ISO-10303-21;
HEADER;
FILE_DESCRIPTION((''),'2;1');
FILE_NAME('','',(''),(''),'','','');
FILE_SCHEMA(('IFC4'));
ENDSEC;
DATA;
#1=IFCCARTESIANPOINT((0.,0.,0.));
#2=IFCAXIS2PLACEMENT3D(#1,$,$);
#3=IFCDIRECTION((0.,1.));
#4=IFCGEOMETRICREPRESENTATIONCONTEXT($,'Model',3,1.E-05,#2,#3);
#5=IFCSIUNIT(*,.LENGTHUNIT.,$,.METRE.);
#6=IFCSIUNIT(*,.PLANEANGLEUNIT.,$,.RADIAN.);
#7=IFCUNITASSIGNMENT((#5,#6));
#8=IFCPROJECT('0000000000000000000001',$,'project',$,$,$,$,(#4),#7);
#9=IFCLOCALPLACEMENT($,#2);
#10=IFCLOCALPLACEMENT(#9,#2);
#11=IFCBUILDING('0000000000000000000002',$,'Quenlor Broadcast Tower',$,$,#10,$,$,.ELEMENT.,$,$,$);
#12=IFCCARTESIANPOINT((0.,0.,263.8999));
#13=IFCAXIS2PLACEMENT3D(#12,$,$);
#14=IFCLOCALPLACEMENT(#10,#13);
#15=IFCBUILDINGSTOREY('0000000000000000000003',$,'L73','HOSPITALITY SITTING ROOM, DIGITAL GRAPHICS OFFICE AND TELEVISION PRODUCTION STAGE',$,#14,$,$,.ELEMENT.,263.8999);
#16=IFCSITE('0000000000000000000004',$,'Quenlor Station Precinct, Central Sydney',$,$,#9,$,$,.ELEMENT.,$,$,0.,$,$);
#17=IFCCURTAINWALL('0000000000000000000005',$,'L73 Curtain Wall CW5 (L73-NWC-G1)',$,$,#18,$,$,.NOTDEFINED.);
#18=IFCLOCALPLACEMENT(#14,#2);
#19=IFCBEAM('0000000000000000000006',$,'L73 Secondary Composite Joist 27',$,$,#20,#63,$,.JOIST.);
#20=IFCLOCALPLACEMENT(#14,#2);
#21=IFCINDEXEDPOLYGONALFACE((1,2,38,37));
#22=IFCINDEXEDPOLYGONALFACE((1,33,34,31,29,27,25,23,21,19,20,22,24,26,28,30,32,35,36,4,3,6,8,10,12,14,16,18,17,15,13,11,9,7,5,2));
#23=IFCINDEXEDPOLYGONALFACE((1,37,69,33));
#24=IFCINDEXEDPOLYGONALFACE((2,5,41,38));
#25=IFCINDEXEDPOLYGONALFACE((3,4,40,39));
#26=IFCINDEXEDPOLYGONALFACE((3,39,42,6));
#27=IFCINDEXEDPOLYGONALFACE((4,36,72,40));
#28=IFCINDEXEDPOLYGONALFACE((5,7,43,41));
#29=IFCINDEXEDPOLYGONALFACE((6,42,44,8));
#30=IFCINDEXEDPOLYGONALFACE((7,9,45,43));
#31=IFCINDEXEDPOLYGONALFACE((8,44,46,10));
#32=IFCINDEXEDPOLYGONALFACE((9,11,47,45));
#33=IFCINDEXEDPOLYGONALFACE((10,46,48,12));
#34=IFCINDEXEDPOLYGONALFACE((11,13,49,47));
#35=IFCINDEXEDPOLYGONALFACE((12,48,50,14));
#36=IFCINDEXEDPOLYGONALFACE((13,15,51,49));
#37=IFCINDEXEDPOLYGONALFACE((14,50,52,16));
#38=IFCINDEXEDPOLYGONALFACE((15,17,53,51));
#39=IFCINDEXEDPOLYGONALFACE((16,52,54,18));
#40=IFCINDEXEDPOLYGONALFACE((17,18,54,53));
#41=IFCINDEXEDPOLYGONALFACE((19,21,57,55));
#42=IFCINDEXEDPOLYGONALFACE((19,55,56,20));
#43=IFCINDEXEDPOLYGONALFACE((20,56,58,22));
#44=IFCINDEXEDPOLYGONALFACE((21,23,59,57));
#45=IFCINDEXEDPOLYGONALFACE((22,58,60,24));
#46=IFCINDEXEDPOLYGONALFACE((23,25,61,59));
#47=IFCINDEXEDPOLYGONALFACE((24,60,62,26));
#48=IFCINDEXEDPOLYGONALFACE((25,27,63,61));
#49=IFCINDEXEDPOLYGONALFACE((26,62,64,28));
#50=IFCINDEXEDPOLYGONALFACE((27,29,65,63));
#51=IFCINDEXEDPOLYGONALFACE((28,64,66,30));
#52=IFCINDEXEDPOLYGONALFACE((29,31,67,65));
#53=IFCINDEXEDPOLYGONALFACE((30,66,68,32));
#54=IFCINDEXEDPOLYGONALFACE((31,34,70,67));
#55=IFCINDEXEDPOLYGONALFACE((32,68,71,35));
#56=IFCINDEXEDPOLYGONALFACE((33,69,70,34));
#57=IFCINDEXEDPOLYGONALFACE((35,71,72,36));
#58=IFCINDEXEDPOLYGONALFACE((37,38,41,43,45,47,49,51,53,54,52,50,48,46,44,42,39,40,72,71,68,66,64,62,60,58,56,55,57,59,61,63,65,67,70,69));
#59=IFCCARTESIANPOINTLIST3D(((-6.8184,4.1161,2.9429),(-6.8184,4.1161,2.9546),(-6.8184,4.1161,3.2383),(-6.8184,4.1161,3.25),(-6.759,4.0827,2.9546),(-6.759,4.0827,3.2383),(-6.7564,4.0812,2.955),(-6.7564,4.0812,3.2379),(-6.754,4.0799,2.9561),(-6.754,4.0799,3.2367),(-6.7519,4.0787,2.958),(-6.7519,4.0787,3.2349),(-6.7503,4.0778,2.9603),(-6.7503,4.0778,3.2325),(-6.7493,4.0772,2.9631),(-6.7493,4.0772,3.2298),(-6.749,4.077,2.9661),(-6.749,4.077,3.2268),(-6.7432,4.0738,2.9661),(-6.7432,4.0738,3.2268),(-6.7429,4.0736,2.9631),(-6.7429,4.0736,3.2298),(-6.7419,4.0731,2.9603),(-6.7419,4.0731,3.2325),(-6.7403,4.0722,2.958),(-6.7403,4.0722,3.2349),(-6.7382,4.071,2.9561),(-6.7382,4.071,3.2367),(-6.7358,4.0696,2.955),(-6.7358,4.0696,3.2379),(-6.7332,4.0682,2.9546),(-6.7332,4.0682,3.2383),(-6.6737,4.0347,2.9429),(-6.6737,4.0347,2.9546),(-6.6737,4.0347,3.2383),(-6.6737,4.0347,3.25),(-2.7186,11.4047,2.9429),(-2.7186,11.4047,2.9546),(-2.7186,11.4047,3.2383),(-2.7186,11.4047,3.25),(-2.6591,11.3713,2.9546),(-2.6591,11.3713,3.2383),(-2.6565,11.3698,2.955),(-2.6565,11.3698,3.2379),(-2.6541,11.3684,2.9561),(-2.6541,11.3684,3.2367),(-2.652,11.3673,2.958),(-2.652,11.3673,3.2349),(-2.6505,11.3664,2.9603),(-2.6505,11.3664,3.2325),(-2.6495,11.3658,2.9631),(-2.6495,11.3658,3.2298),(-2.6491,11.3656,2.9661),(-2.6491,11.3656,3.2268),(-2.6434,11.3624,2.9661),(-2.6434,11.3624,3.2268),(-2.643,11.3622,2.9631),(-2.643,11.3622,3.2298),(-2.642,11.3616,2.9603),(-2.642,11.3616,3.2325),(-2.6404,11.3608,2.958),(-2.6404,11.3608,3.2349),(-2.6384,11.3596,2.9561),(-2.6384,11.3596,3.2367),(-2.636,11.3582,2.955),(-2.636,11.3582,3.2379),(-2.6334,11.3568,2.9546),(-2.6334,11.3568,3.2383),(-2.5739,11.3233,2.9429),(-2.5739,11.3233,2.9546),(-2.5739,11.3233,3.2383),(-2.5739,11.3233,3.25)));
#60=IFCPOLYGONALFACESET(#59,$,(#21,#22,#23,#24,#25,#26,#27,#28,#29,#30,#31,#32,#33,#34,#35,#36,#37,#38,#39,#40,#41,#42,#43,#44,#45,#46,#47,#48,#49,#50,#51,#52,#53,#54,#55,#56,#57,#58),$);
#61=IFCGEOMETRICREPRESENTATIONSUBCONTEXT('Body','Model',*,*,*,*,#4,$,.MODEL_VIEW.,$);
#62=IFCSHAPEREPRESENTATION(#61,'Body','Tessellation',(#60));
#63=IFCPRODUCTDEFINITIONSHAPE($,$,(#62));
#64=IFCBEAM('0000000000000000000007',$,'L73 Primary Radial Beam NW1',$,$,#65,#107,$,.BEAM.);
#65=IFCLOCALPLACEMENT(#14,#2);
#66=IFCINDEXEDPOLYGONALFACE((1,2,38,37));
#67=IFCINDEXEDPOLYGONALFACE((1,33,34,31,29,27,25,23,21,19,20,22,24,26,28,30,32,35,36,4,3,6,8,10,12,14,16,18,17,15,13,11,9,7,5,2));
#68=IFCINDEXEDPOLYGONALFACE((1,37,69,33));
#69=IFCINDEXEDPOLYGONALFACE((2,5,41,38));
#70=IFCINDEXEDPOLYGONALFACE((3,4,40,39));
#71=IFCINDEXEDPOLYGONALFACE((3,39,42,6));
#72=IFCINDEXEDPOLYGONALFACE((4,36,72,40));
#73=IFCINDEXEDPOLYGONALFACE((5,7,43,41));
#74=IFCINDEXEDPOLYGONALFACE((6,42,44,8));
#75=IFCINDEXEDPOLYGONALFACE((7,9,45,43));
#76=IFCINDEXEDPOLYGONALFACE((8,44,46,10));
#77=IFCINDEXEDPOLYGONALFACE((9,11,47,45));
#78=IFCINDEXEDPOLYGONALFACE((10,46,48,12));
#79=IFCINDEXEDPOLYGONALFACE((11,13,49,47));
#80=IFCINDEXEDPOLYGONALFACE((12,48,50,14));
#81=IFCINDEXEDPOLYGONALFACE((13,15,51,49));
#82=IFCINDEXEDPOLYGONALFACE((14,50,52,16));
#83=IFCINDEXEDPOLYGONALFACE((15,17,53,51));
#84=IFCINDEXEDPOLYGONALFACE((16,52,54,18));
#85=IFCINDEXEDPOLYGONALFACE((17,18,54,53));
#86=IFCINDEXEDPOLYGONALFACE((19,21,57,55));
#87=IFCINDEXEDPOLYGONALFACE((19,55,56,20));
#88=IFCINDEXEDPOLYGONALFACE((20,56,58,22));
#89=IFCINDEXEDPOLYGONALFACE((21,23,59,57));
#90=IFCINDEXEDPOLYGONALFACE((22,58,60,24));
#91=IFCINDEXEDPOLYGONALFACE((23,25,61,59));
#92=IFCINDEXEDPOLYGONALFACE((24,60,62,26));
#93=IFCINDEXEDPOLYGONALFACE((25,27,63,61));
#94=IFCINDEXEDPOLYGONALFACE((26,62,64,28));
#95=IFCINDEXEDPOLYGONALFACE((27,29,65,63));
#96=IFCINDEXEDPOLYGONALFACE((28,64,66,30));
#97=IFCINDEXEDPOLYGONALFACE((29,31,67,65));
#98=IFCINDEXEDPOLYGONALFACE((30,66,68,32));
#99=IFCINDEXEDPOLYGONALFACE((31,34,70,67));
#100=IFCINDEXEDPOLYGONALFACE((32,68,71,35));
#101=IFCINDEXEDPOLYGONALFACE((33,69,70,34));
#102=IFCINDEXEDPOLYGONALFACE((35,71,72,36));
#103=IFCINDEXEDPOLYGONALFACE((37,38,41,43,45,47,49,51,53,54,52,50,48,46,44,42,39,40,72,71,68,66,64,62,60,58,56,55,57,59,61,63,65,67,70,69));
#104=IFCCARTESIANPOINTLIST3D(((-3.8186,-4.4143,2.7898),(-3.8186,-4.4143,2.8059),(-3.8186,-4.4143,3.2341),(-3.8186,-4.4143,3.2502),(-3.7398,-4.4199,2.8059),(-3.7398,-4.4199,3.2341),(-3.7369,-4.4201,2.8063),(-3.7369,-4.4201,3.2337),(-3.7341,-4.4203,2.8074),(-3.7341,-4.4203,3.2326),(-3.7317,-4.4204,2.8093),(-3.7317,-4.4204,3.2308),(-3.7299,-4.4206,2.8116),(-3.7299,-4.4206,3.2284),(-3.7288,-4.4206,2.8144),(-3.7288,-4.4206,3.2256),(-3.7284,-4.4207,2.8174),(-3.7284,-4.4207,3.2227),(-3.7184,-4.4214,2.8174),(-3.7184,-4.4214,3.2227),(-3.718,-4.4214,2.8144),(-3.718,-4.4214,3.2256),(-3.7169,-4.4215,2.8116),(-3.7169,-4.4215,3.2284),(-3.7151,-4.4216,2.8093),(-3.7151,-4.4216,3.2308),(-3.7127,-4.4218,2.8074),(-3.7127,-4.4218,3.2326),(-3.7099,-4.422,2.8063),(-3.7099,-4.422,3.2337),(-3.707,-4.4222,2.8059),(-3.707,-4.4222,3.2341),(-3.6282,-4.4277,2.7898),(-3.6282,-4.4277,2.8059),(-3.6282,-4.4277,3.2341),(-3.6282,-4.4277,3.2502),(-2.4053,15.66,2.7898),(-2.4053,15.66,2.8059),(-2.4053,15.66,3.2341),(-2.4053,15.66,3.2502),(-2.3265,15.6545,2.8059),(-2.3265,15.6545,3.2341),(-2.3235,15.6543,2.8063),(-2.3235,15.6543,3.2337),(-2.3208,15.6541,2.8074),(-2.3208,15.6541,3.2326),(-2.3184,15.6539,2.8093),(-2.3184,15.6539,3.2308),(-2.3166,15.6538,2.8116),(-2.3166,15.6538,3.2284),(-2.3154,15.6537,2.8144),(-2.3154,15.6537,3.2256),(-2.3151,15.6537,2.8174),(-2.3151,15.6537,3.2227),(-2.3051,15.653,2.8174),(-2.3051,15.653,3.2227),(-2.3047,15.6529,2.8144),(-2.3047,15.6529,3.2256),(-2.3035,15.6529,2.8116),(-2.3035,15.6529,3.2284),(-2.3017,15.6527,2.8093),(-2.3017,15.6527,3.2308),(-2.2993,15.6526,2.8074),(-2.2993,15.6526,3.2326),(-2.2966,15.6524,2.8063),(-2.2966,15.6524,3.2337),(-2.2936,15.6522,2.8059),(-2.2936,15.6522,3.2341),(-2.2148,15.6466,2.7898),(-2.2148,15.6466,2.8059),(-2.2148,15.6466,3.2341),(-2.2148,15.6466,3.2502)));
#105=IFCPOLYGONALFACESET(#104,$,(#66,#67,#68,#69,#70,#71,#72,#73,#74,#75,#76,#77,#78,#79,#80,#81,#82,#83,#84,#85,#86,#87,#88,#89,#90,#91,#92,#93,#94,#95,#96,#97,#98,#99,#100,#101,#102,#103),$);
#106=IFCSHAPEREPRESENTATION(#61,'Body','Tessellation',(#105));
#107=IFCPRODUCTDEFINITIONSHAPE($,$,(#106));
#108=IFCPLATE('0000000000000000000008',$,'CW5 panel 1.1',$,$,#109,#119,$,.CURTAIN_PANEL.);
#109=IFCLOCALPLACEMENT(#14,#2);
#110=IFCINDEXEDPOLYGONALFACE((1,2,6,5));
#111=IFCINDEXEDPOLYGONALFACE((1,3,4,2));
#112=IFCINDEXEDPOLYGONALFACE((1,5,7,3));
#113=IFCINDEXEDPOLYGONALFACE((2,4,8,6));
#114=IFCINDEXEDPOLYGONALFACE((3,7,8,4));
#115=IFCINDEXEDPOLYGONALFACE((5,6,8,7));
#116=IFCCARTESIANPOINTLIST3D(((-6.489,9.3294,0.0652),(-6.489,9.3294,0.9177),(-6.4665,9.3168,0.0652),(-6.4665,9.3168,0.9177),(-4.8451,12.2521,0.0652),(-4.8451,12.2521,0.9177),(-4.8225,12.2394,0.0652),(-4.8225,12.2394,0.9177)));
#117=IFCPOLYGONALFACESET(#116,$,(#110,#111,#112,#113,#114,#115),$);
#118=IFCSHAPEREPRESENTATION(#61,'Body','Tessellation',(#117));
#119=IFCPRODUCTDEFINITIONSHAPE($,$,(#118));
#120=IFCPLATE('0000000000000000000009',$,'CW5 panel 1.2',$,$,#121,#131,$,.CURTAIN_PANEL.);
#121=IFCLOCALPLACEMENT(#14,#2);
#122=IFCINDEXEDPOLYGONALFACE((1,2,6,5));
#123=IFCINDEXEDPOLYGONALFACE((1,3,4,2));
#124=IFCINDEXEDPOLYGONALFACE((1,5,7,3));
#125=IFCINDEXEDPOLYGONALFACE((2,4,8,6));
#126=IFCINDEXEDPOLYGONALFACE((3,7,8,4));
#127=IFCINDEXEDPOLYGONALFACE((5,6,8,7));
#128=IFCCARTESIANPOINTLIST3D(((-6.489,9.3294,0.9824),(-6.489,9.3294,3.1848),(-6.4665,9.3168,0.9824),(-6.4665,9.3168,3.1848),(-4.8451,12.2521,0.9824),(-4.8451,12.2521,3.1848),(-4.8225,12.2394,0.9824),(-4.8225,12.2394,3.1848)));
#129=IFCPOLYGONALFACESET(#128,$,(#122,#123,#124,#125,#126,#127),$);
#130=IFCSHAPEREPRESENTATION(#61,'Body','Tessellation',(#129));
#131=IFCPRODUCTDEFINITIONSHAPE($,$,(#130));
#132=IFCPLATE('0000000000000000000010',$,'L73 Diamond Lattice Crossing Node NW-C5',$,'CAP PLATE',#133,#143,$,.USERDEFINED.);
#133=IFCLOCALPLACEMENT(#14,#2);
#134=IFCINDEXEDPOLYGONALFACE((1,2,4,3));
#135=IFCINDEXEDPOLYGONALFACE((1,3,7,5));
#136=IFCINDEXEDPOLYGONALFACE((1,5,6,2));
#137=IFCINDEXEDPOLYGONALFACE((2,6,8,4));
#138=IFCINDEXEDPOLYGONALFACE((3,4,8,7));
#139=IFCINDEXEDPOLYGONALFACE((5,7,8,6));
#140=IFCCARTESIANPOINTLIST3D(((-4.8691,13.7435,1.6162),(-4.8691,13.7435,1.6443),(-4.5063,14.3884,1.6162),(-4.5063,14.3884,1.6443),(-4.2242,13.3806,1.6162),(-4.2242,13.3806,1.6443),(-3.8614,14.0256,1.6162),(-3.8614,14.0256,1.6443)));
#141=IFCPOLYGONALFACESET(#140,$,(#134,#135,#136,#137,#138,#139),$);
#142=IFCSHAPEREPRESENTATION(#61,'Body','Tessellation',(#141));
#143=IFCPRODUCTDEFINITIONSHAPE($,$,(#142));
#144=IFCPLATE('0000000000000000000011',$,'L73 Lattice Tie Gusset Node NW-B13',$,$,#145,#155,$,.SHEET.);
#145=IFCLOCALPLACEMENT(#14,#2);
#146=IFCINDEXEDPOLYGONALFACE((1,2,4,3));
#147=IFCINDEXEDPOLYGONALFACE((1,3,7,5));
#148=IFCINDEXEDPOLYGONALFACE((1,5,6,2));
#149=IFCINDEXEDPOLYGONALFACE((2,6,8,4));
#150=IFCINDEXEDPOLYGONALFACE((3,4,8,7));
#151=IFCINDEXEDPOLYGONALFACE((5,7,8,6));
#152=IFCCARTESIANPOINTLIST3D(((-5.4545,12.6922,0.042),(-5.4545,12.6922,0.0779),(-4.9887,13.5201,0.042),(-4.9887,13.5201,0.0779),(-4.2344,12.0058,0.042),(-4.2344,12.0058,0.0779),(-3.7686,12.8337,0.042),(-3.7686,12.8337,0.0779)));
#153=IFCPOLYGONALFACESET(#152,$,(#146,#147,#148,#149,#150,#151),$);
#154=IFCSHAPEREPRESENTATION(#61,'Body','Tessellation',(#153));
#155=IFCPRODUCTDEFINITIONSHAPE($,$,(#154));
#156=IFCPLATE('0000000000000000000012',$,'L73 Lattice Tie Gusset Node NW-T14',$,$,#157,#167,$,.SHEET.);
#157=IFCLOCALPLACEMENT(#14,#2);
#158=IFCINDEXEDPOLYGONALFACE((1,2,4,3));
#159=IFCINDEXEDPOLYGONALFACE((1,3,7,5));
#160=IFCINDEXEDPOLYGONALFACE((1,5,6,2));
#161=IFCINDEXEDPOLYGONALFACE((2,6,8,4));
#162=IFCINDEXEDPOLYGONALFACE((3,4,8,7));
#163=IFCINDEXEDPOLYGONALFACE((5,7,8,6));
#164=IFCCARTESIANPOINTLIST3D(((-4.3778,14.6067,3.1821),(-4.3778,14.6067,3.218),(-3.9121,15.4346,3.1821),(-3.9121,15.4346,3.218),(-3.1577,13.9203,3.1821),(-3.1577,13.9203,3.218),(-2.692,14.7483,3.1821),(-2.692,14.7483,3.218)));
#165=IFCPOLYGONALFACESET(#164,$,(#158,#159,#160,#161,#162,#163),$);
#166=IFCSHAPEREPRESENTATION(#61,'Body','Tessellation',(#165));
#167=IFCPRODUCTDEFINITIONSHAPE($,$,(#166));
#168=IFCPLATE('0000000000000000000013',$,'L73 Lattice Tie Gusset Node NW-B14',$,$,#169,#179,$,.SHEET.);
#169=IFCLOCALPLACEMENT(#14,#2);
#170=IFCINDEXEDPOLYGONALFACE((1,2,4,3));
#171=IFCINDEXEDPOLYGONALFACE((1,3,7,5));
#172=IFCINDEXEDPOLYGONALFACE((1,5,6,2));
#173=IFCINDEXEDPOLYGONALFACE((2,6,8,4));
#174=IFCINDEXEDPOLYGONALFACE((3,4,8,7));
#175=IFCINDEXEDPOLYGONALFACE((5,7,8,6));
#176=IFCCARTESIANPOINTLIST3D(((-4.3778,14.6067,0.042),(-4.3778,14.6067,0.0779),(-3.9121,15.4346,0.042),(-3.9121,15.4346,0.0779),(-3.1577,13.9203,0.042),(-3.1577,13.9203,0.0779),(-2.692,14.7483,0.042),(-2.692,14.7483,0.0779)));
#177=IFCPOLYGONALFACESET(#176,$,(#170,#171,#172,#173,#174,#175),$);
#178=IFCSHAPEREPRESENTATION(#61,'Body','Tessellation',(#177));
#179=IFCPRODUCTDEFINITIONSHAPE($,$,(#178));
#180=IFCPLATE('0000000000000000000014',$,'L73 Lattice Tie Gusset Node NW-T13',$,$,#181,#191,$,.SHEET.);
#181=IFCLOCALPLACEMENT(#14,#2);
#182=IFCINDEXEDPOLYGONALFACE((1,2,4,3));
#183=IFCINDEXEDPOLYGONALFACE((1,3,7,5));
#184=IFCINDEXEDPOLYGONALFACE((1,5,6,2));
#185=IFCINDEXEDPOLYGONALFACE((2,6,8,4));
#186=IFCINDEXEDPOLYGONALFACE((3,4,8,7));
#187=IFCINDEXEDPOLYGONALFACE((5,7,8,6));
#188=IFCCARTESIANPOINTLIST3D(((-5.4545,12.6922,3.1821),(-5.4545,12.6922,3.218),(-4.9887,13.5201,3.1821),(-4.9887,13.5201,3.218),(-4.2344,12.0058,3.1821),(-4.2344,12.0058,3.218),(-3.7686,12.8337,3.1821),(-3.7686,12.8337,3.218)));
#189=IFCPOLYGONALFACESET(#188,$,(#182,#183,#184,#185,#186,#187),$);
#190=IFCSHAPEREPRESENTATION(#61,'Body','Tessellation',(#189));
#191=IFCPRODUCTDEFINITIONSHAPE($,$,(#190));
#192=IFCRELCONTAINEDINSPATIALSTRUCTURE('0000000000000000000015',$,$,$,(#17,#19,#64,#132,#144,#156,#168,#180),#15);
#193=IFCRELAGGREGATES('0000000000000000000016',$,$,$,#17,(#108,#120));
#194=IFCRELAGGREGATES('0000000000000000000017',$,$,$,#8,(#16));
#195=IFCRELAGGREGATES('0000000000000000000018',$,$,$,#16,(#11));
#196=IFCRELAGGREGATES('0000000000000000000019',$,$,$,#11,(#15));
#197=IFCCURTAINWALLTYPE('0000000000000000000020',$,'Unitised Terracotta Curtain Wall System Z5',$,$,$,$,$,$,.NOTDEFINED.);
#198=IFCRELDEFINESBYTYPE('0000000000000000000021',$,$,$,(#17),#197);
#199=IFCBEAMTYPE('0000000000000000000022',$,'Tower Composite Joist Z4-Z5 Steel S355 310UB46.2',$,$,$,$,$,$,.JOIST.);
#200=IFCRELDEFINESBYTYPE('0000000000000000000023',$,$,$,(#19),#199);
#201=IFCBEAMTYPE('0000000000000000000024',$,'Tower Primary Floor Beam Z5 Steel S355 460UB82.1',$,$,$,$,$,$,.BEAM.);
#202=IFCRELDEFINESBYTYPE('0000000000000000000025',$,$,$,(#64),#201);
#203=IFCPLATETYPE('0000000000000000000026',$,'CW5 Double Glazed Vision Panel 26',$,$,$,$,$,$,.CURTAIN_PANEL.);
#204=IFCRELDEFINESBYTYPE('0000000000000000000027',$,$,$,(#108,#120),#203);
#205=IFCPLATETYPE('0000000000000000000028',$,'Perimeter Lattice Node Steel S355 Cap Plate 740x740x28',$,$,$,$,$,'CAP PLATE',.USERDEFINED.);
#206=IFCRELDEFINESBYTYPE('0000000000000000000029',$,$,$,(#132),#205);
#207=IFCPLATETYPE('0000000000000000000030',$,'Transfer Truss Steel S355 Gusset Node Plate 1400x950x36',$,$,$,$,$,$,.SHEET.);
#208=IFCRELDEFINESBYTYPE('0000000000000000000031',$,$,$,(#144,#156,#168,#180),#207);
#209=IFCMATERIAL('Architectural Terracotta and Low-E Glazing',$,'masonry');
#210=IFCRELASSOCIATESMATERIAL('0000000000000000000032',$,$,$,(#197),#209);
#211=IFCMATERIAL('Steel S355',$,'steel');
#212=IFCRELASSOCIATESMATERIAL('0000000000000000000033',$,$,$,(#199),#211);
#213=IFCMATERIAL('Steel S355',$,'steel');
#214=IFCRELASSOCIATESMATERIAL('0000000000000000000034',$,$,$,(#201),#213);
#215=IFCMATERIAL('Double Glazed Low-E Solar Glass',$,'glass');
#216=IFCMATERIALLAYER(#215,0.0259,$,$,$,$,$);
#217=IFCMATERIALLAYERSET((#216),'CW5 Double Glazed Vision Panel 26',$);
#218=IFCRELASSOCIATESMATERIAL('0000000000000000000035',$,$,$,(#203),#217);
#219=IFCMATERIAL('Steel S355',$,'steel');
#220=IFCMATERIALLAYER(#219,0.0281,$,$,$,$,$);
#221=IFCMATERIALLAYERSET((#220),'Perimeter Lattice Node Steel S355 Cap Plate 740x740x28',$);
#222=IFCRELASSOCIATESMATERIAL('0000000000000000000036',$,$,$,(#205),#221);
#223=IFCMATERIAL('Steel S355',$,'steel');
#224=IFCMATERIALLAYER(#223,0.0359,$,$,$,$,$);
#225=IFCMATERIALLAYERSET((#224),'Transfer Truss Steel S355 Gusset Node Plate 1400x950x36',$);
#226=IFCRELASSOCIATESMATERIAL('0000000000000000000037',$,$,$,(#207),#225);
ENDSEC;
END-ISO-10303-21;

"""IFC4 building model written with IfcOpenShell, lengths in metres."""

from ifc_helpers import new_model, si_unit, direction, frame, origin, origin_2d, place, context, subcontext, project, spatial, rectangle, i_section, extrude, material, layer, layer_set, material_profile, profile_set, type_object, element, aggregate, save


model = new_model("IFC4")

# Units and contexts
model_context = context("Model", 3, precision=1e-05, world=origin(), true_north=direction((0.0, 1.0)))
body_context = subcontext(model_context, "Body", "Model", "MODEL_VIEW")
ifc_project = project(units=[si_unit("LENGTHUNIT", "METRE"), si_unit("PLANEANGLEUNIT", "RADIAN")], contexts=[model_context])

# Site, building, storey
site_placement = place(None, origin())
site = spatial("IfcSite", under=ifc_project, at=site_placement, Name="Quenlor Station Precinct, Central Sydney", CompositionType="ELEMENT", RefElevation=0.0)
building_placement = place(site_placement, origin())
building = spatial("IfcBuilding", under=site, at=building_placement, Name="Quenlor Broadcast Tower", CompositionType="ELEMENT")
storey_placement = place(building_placement, frame((0.0, 0.0, 263.8999)))
storey = spatial("IfcBuildingStorey", under=building, at=storey_placement, Name="L73", Description="HOSPITALITY SITTING ROOM, DIGITAL GRAPHICS OFFICE AND TELEVISION PRODUCTION STAGE", CompositionType="ELEMENT", Elevation=263.8999)

# Curtain wall
ifc_material_1 = material(Name="Architectural Terracotta and Low-E Glazing", Category="masonry")
curtain_wall_type = type_object("IfcCurtainWallType", Name="Unitised Terracotta Curtain Wall System Z5", PredefinedType="NOTDEFINED", material=ifc_material_1)
curtain_wall_placement = place(storey_placement, origin())
curtain_wall = element("IfcCurtainWall", 1, at=curtain_wall_placement, inside=storey, type_object=curtain_wall_type, Name="L73 Curtain Wall CW5 (L73-NWC-G1)", PredefinedType="NOTDEFINED")

# Beams
ifc_material_2 = material(Name="Steel S355", Category="steel")
ifc_material_profile_1 = material_profile(ifc_material_2, i_section(OverallWidth=0.166, OverallDepth=0.3071, WebThickness=0.0066, FlangeThickness=0.0117, FilletRadius=0.0115, at=origin_2d()))
ifc_profile_set_1 = profile_set([ifc_material_profile_1], Name="Steel S355 310UB46.2")
beam_type_1 = type_object("IfcBeamType", Name="Tower Composite Joist Z4-Z5 Steel S355 310UB46.2", PredefinedType="JOIST", material=ifc_profile_set_1)
beam_1_placement = place(storey_placement, frame((-2.6462, 11.364, 3.0964), z_axis=(-0.490264, -0.871574, 0.0), x_axis=(0.871574, -0.490264, 0.0)))
element("IfcBeam", 2, at=beam_1_placement, inside=storey, type_object=beam_type_1, Name="L73 Secondary Composite Joist 27", PredefinedType="JOIST", context=body_context, shape_type="SweptSolid", body=[
    extrude(i_section(OverallWidth=0.166, OverallDepth=0.3071, WebThickness=0.0066, FlangeThickness=0.0117, FilletRadius=0.0115, at=origin_2d()), origin(), (0.0, 0.0, 1.0), 8.3625),
])
ifc_material_3 = material(Name="Steel S355", Category="steel")
ifc_material_profile_2 = material_profile(ifc_material_3, i_section(OverallWidth=0.1909, OverallDepth=0.4604, WebThickness=0.01, FlangeThickness=0.0161, FilletRadius=0.0115, at=origin_2d()))
ifc_profile_set_2 = profile_set([ifc_material_profile_2], Name="Steel S355 460UB82.1")
beam_type_2 = type_object("IfcBeamType", Name="Tower Primary Floor Beam Z5 Steel S355 460UB82.1", PredefinedType="BEAM", material=ifc_profile_set_2)
beam_2_placement = place(storey_placement, frame((-2.3101, 15.6533, 3.02), z_axis=(-0.070231, -0.997531, 0.0), x_axis=(0.997531, -0.070231, 0.0)))
element("IfcBeam", 3, at=beam_2_placement, inside=storey, type_object=beam_type_2, Name="L73 Primary Radial Beam NW1", PredefinedType="BEAM", context=body_context, shape_type="SweptSolid", body=[
    extrude(i_section(OverallWidth=0.1909, OverallDepth=0.4604, WebThickness=0.01, FlangeThickness=0.0161, FilletRadius=0.0115, at=origin_2d()), origin(), (0.0, 0.0, 1.0), 20.124),
])

# Plates
ifc_material_4 = material(Name="Double Glazed Low-E Solar Glass", Category="glass")
ifc_layer_1 = layer(ifc_material_4, 0.0259)
ifc_layer_set_1 = layer_set([ifc_layer_1], Name="CW5 Double Glazed Vision Panel 26")
plate_type_1 = type_object("IfcPlateType", Name="CW5 Double Glazed Vision Panel 26", PredefinedType="CURTAIN_PANEL", material=ifc_layer_set_1)
plate_1_placement = place(storey_placement, frame((-5.6558, 10.7844, 0.0652), z_axis=(0.0, 0.0, 1.0), x_axis=(0.49025, 0.871582, 0.0)))
plate_1 = element("IfcPlate", 4, at=plate_1_placement, type_object=plate_type_1, Name="CW5 panel 1.1", PredefinedType="CURTAIN_PANEL", context=body_context, shape_type="SweptSolid", body=[
    extrude(rectangle(XDim=3.3533, YDim=0.0259, at=origin_2d()), origin(), (0.0, 0.0, 1.0), 0.8525),
])
plate_2_placement = place(storey_placement, frame((-5.6558, 10.7844, 0.9824), z_axis=(0.0, 0.0, 1.0), x_axis=(0.49025, 0.871582, 0.0)))
plate_2 = element("IfcPlate", 5, at=plate_2_placement, type_object=plate_type_1, Name="CW5 panel 1.2", PredefinedType="CURTAIN_PANEL", context=body_context, shape_type="SweptSolid", body=[
    extrude(rectangle(XDim=3.3533, YDim=0.0259, at=origin_2d()), origin(), (0.0, 0.0, 1.0), 2.2024),
])
aggregate(curtain_wall, [plate_1, plate_2])

# Plates
ifc_material_5 = material(Name="Steel S355", Category="steel")
ifc_layer_2 = layer(ifc_material_5, 0.0281)
ifc_layer_set_2 = layer_set([ifc_layer_2], Name="Perimeter Lattice Node Steel S355 Cap Plate 740x740x28")
plate_type_2 = type_object("IfcPlateType", Name="Perimeter Lattice Node Steel S355 Cap Plate 740x740x28", ElementType="CAP PLATE", PredefinedType="USERDEFINED", material=ifc_layer_set_2)
plate_3_placement = place(storey_placement, frame((-4.3652, 13.8845, 1.6162), z_axis=(0.0, 0.0, 1.0), x_axis=(0.490295, 0.871556, 0.0)))
element("IfcPlate", 6, at=plate_3_placement, inside=storey, type_object=plate_type_2, Name="L73 Diamond Lattice Crossing Node NW-C5", ObjectType="CAP PLATE", PredefinedType="USERDEFINED", context=body_context, shape_type="SweptSolid", body=[
    extrude(rectangle(XDim=0.74, YDim=0.74, at=origin_2d()), origin(), (0.0, 0.0, 1.0), 0.0281),
])
ifc_material_6 = material(Name="Steel S355", Category="steel")
ifc_layer_3 = layer(ifc_material_6, 0.0359)
ifc_layer_set_3 = layer_set([ifc_layer_3], Name="Transfer Truss Steel S355 Gusset Node Plate 1400x950x36")
plate_type_3 = type_object("IfcPlateType", Name="Transfer Truss Steel S355 Gusset Node Plate 1400x950x36", PredefinedType="SHEET", material=ifc_layer_set_3)
for number, where, z_axis, x_axis, name in (
    (7, (-4.6116, 12.7629, 0.042), (0.0, 0.0, 1.0), (-0.871556, 0.490295, 0.0), "L73 Lattice Tie Gusset Node NW-B13"),
    (8, (-3.5349, 14.6775, 3.1821), (0.0, 0.0, 1.0), (-0.871556, 0.490295, 0.0), "L73 Lattice Tie Gusset Node NW-T14"),
    (9, (-3.5349, 14.6775, 0.042), (0.0, 0.0, 1.0), (-0.871556, 0.490295, 0.0), "L73 Lattice Tie Gusset Node NW-B14"),
    (10, (-4.6116, 12.7629, 3.1821), (0.0, 0.0, 1.0), (-0.871556, 0.490295, 0.0), "L73 Lattice Tie Gusset Node NW-T13"),
):
    element("IfcPlate", number, at=place(storey_placement, frame(where, z_axis=z_axis, x_axis=x_axis)), inside=storey, type_object=plate_type_3, Name=name, PredefinedType="SHEET", context=body_context, shape_type="SweptSolid", body=[
        extrude(rectangle(XDim=1.3999, YDim=0.95, at=origin_2d()), origin(), (0.0, 0.0, 1.0), 0.0359),
    ])

save(model, "model.ifc")
